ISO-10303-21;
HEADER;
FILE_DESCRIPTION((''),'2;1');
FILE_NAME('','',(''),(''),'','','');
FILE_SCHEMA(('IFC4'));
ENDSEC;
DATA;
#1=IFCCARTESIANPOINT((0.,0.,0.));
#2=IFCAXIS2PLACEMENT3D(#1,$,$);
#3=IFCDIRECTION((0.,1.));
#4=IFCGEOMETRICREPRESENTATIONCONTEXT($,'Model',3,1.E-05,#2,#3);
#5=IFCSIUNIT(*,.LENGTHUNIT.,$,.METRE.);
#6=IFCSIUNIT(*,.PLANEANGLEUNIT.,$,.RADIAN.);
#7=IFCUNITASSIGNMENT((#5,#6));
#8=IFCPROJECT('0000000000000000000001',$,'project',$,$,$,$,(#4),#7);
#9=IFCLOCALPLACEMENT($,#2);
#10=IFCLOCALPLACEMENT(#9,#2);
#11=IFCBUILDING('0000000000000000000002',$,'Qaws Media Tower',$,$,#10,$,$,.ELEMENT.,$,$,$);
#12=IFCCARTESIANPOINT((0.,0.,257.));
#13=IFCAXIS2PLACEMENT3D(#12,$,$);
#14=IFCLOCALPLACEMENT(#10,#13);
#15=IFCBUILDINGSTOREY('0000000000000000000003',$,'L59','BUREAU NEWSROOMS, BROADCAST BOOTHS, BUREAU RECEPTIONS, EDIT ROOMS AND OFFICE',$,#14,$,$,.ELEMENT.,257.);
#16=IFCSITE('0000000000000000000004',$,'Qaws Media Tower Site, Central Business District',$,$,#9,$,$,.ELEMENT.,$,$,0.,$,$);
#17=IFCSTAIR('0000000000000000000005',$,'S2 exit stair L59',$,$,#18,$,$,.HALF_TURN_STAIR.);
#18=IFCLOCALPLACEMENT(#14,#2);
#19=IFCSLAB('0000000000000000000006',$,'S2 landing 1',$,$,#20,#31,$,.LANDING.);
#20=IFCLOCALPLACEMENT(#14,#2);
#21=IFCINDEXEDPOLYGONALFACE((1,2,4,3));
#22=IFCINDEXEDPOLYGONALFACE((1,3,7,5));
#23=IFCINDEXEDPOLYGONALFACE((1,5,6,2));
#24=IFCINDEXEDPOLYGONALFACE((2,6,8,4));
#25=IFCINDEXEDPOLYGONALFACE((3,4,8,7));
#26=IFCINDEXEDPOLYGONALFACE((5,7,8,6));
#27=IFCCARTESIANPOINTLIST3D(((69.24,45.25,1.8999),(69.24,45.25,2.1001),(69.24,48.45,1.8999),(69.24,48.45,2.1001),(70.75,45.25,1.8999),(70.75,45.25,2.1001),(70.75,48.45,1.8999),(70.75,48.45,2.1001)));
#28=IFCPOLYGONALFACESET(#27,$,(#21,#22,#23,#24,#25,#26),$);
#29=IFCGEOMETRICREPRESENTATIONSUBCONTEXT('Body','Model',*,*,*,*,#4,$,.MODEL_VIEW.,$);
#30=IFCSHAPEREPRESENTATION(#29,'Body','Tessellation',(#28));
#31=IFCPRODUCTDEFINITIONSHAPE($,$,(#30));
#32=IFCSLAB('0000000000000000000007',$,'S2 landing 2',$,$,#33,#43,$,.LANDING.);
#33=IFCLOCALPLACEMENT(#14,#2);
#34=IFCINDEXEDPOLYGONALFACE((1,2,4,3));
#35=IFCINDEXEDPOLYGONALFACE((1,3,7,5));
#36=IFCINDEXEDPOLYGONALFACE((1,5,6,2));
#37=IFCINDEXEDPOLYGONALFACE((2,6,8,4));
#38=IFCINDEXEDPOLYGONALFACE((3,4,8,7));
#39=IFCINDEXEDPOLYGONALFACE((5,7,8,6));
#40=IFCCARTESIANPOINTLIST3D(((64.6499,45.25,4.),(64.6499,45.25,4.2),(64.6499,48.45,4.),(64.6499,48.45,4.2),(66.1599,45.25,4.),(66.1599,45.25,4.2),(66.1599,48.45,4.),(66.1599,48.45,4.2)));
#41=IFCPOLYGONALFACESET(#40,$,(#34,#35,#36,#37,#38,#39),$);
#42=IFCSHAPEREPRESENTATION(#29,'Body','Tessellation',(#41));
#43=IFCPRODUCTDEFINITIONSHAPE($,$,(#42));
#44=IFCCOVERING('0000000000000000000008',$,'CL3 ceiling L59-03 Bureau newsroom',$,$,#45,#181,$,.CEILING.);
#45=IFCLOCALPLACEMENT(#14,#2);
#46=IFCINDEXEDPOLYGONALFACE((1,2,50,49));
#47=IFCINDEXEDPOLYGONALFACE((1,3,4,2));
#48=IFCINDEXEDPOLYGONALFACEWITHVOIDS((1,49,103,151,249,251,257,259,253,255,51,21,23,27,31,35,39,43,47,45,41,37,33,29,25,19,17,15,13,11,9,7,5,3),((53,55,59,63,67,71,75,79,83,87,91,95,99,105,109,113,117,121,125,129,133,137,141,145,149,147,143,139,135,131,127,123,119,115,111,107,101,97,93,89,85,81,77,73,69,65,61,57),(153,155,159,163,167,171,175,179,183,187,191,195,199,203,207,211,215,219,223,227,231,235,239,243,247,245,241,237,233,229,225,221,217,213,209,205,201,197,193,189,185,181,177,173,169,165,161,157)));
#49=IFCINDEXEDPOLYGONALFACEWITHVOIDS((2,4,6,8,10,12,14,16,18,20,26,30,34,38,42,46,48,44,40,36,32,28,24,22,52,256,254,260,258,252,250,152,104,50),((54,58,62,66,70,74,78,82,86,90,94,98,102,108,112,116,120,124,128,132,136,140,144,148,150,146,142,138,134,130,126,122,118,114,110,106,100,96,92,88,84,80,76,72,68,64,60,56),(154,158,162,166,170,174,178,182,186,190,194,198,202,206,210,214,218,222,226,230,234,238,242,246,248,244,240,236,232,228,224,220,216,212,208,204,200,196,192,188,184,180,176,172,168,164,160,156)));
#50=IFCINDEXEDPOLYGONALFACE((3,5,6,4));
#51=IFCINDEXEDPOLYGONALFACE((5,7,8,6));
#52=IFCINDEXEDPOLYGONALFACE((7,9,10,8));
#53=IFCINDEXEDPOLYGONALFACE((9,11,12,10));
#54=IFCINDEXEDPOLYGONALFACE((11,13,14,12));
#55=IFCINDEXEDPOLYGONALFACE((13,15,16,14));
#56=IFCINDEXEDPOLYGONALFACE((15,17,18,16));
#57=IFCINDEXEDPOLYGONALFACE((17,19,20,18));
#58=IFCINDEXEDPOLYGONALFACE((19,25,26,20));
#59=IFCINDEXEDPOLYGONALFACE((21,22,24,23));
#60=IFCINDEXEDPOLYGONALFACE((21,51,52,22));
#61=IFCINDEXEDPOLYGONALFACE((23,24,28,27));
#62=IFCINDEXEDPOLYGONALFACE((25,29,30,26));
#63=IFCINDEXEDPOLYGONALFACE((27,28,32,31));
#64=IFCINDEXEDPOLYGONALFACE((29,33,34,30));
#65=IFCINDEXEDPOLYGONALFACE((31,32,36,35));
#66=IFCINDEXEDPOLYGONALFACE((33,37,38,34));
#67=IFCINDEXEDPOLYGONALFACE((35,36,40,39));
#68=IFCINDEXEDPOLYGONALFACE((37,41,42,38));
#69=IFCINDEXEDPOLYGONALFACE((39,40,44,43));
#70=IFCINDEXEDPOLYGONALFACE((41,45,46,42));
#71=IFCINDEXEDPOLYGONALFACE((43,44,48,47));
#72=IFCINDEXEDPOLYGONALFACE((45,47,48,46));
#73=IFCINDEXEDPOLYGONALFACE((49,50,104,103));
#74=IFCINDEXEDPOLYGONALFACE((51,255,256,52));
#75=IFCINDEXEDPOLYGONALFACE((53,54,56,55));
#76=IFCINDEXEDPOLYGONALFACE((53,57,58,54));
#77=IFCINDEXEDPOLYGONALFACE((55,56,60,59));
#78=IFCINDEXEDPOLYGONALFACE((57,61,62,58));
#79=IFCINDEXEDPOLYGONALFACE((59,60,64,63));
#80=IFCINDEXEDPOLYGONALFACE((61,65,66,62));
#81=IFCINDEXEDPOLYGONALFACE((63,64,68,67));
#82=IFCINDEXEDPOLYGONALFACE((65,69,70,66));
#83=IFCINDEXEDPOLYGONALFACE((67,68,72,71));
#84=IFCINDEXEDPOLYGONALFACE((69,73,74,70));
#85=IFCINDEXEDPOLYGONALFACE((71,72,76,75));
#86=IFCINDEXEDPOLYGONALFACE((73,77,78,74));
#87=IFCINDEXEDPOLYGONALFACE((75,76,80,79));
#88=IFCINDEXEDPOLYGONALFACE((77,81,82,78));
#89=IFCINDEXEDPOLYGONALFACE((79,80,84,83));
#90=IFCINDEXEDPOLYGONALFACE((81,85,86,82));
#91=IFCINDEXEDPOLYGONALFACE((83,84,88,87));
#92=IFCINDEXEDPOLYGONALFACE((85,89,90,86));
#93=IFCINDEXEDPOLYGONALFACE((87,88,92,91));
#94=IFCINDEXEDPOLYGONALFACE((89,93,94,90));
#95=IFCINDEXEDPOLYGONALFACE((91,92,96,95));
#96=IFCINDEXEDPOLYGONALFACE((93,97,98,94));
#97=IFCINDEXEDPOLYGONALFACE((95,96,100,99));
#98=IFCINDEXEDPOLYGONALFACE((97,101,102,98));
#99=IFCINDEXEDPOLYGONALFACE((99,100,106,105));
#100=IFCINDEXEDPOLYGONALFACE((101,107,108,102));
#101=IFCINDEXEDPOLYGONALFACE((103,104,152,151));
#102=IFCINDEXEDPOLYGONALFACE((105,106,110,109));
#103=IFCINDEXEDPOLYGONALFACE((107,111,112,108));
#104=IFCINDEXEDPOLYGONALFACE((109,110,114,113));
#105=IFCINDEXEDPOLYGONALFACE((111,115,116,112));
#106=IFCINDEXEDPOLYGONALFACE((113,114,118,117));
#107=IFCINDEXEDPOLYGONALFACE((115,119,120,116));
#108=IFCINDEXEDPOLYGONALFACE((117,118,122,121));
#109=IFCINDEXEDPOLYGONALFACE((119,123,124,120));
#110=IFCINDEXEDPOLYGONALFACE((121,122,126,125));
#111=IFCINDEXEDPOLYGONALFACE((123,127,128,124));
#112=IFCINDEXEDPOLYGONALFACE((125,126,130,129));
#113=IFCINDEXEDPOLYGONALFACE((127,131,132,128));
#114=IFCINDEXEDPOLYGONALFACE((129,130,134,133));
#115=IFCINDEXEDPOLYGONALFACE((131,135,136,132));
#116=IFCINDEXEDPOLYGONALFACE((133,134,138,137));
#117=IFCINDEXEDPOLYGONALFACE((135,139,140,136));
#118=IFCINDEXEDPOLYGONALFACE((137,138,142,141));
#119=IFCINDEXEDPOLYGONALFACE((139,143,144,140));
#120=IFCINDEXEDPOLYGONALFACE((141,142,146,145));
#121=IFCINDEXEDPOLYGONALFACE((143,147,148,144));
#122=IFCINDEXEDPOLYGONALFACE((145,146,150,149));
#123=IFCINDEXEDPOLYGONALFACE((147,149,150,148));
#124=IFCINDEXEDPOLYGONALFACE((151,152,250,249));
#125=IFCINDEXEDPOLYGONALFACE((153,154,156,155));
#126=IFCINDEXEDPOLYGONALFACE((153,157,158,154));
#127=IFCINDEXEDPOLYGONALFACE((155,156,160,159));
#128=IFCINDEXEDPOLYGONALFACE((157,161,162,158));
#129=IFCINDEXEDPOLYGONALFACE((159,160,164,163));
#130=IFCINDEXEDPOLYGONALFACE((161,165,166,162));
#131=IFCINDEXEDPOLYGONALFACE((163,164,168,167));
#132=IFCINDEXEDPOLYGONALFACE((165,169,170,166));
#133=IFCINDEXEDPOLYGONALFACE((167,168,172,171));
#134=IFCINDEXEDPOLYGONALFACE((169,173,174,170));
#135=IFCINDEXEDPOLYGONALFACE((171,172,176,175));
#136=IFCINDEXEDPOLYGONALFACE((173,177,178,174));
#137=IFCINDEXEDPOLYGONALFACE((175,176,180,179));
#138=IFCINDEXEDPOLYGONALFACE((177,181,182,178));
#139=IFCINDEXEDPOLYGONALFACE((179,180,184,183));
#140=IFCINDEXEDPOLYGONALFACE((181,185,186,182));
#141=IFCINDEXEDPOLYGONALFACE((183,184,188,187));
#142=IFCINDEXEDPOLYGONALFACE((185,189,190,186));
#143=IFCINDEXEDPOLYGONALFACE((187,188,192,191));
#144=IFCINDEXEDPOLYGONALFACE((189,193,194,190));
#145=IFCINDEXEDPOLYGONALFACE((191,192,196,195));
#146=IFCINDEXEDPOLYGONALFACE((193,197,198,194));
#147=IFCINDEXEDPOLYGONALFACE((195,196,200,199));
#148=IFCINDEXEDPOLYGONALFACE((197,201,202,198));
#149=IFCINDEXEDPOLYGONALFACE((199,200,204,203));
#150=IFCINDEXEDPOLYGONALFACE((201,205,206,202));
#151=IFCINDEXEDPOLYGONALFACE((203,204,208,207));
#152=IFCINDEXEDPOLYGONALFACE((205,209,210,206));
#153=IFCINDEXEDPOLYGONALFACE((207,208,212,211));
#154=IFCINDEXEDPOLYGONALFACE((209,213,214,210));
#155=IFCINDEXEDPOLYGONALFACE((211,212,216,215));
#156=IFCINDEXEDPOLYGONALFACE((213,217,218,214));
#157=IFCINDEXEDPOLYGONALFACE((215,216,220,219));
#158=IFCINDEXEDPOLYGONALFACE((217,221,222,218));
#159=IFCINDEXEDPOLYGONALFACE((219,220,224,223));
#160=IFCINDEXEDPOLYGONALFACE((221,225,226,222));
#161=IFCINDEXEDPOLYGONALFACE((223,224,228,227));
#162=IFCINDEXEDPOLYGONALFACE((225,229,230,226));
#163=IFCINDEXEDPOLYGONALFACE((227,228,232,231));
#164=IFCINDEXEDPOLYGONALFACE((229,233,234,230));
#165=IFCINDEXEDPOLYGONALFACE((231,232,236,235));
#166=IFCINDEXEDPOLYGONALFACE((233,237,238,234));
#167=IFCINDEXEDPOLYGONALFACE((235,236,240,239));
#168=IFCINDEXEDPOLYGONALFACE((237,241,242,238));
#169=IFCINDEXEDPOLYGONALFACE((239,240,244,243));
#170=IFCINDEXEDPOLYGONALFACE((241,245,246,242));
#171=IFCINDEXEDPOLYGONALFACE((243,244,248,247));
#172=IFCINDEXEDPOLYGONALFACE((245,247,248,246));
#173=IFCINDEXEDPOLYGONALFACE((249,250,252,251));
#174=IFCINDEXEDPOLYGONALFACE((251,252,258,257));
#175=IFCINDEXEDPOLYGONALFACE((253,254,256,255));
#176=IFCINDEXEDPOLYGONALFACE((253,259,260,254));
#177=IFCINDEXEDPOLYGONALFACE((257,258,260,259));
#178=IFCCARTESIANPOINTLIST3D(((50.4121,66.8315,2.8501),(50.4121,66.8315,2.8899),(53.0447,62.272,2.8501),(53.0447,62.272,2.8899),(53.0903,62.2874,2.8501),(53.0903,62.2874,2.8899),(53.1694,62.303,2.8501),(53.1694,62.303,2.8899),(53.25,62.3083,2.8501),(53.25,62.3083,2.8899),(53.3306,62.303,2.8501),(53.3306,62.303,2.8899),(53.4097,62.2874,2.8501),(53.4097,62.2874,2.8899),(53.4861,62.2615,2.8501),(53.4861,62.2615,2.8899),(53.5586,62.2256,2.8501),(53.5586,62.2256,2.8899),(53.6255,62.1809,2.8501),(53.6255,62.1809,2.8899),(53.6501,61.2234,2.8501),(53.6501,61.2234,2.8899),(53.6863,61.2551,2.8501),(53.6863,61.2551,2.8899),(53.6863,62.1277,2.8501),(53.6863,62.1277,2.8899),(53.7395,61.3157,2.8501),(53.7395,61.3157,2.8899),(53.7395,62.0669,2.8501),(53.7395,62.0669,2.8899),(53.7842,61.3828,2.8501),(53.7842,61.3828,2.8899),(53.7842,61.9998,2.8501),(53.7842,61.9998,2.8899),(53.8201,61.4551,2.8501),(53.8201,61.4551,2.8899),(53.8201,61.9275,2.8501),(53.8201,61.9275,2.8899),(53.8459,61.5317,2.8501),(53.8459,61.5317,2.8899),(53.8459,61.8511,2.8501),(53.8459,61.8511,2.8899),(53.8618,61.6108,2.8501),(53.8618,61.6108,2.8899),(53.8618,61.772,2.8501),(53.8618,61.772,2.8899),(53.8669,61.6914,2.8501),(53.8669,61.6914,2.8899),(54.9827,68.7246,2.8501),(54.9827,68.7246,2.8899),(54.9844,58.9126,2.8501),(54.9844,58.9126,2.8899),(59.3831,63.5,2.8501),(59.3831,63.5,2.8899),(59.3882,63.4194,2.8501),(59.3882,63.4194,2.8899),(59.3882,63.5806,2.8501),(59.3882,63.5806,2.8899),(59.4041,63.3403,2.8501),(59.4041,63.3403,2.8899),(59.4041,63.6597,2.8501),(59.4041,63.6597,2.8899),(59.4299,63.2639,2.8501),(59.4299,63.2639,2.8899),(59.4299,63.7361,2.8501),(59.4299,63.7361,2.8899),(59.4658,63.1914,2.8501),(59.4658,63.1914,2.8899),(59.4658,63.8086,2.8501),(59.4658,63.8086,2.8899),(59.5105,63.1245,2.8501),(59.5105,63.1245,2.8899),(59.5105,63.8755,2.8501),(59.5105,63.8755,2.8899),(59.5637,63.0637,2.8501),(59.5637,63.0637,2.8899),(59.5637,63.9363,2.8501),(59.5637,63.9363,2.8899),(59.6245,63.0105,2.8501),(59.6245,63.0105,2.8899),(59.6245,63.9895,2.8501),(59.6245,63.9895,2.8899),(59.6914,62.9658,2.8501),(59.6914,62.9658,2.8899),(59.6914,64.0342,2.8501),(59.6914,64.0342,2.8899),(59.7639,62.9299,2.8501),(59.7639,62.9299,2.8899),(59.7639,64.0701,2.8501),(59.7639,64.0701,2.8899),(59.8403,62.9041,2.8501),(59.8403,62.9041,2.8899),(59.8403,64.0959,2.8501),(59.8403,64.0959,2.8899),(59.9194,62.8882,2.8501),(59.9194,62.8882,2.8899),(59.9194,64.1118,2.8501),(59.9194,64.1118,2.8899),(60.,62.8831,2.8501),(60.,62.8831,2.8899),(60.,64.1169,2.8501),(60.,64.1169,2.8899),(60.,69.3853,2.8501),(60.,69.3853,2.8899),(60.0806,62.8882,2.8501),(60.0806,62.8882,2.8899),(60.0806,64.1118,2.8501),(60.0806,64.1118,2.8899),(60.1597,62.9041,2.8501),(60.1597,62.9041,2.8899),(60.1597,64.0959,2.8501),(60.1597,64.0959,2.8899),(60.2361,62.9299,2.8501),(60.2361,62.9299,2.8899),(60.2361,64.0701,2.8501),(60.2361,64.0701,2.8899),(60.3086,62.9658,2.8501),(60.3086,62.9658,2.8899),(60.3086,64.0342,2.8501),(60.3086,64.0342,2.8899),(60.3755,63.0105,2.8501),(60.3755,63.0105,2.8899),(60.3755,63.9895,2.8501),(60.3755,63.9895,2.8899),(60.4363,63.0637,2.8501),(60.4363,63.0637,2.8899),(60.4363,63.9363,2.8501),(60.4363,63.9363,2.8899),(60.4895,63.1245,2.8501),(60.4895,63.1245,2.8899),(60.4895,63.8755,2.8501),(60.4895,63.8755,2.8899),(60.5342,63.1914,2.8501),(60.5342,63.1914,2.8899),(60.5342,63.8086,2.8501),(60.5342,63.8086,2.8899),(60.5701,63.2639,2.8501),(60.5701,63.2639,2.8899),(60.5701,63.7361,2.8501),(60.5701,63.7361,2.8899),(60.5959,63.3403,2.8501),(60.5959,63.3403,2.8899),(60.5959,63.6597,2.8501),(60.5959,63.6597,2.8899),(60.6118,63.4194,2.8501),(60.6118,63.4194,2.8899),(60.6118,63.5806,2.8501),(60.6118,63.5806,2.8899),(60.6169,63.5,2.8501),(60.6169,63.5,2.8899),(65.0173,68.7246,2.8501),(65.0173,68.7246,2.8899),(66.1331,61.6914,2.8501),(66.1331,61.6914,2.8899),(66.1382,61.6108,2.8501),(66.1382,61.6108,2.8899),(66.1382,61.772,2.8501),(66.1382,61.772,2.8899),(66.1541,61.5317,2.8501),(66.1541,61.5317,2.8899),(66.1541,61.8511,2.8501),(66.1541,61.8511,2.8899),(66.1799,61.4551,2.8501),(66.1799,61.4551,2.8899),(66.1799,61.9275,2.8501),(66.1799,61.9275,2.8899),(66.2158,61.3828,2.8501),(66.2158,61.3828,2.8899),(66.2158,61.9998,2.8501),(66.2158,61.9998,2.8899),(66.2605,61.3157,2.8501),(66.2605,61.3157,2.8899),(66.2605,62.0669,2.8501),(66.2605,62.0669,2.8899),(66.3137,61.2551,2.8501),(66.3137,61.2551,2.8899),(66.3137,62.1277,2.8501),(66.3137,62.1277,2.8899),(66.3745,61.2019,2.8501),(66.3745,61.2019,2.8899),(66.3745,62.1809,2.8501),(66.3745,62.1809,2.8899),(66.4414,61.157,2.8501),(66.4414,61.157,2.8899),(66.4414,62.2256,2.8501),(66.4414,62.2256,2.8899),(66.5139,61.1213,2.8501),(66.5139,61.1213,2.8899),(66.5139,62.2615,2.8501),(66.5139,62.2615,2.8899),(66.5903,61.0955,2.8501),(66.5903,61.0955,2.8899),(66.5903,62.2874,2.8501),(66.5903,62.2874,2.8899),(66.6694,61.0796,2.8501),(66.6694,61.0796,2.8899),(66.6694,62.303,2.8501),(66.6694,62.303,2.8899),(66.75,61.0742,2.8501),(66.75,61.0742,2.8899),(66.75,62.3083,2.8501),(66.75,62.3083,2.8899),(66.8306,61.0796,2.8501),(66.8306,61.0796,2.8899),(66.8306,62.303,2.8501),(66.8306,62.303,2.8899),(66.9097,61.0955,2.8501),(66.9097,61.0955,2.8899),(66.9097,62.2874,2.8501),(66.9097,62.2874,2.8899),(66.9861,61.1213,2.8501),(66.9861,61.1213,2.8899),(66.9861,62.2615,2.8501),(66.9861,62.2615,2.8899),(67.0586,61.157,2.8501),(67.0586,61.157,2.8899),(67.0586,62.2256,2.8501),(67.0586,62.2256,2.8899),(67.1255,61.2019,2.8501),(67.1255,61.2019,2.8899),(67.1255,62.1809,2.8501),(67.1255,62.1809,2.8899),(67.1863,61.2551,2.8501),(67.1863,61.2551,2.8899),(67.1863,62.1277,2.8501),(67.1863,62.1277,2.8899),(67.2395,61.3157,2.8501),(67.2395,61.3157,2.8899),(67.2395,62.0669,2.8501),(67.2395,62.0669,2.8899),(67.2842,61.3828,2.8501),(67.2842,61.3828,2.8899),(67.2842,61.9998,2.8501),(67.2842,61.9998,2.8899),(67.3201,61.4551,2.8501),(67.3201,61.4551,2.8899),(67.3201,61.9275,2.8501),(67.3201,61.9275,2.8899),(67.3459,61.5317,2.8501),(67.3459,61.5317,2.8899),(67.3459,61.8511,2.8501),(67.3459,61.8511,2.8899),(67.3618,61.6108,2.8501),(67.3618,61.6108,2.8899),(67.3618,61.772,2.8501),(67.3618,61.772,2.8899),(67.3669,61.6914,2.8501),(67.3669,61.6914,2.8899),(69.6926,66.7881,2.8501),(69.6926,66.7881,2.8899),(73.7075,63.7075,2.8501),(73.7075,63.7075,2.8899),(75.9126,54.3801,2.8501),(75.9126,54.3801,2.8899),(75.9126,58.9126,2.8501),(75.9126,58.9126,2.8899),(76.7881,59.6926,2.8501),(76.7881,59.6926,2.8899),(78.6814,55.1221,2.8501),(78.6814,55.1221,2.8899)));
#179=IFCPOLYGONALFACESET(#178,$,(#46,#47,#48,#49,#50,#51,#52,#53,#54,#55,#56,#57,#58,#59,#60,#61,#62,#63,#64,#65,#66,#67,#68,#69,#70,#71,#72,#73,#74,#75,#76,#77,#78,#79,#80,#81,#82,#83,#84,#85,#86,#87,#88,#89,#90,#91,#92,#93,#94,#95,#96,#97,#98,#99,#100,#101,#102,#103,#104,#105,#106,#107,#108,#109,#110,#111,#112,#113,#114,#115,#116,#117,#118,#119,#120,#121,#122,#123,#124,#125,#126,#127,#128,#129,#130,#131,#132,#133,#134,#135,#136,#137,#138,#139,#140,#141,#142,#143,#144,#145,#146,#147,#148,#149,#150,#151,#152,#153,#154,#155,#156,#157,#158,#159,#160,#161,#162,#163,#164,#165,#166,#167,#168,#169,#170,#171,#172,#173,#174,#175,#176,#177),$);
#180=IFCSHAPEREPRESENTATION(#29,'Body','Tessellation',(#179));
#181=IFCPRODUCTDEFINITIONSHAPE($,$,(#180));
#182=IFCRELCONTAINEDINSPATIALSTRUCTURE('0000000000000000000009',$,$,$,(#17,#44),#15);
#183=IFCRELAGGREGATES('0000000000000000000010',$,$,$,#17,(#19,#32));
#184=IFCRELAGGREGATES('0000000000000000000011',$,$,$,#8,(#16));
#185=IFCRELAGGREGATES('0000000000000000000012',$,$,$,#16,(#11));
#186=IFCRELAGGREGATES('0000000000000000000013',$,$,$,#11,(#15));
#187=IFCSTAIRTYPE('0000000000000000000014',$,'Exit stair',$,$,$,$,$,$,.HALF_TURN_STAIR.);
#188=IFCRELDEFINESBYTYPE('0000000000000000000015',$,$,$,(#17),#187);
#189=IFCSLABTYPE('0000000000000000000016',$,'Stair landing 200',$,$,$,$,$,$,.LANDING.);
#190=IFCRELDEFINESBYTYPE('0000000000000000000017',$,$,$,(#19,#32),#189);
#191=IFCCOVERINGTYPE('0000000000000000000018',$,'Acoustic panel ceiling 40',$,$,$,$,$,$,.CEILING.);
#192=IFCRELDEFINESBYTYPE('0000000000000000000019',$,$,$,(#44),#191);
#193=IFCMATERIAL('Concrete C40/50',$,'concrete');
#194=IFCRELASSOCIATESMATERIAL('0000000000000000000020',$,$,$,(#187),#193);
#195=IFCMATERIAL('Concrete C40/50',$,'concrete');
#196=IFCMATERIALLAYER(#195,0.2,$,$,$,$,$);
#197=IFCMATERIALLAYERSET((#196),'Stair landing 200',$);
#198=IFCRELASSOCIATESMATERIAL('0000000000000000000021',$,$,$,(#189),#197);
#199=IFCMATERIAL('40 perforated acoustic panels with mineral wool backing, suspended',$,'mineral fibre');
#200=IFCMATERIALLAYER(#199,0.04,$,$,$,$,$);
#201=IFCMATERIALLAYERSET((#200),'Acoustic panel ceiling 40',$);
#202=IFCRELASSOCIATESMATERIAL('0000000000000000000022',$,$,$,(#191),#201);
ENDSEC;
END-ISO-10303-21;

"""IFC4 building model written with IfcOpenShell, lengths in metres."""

from ifc_helpers import new_model, si_unit, direction, frame, origin, place, context, subcontext, project, spatial, polyline, outline, extrude, material, layer, layer_set, type_object, element, aggregate, save


model = new_model("IFC4")

# Units and contexts
model_context = context("Model", 3, precision=1e-05, world=origin(), true_north=direction((0.0, 1.0)))
body_context = subcontext(model_context, "Body", "Model", "MODEL_VIEW")
ifc_project = project(units=[si_unit("LENGTHUNIT", "METRE"), si_unit("PLANEANGLEUNIT", "RADIAN")], contexts=[model_context])

# Site, building, storey
site_placement = place(None, origin())
site = spatial("IfcSite", under=ifc_project, at=site_placement, Name="Qaws Media Tower Site, Central Business District", CompositionType="ELEMENT", RefElevation=0.0)
building_placement = place(site_placement, origin())
building = spatial("IfcBuilding", under=site, at=building_placement, Name="Qaws Media Tower", CompositionType="ELEMENT")
storey_placement = place(building_placement, frame((0.0, 0.0, 257.0)))
storey = spatial("IfcBuildingStorey", under=building, at=storey_placement, Name="L59", Description="BUREAU NEWSROOMS, BROADCAST BOOTHS, BUREAU RECEPTIONS, EDIT ROOMS AND OFFICE", CompositionType="ELEMENT", Elevation=257.0)

# Stair, slabs
ifc_material_1 = material(Name="Concrete C40/50", Category="concrete")
stair_type = type_object("IfcStairType", Name="Exit stair", PredefinedType="HALF_TURN_STAIR", material=ifc_material_1)
ifc_material_2 = material(Name="Concrete C40/50", Category="concrete")
ifc_layer_1 = layer(ifc_material_2, 0.2)
ifc_layer_set_1 = layer_set([ifc_layer_1], Name="Stair landing 200")
slab_type = type_object("IfcSlabType", Name="Stair landing 200", PredefinedType="LANDING", material=ifc_layer_set_1)
stair_1_placement = place(storey_placement, origin())
stair_1 = element("IfcStair", 1, at=stair_1_placement, inside=storey, type_object=stair_type, Name="S2 exit stair L59", PredefinedType="HALF_TURN_STAIR")
slab_1_placement = place(storey_placement, frame((0.0, 0.0, 1.8999)))
slab_1 = element("IfcSlab", 2, at=slab_1_placement, type_object=slab_type, Name="S2 landing 1", PredefinedType="LANDING", context=body_context, shape_type="SweptSolid", body=[
    extrude(outline(polyline([(69.24, 45.25), (70.75, 45.25), (70.75, 48.45), (69.24, 48.45), (69.24, 45.25)])), origin(), (0.0, 0.0, 1.0), 0.2002),
])
slab_2_placement = place(storey_placement, frame((0.0, 0.0, 4.0)))
slab_2 = element("IfcSlab", 3, at=slab_2_placement, type_object=slab_type, Name="S2 landing 2", PredefinedType="LANDING", context=body_context, shape_type="SweptSolid", body=[
    extrude(outline(polyline([(64.6499, 45.25), (66.1599, 45.25), (66.1599, 48.45), (64.6499, 48.45), (64.6499, 45.25)])), origin(), (0.0, 0.0, 1.0), 0.2),
])
aggregate(stair_1, [slab_1, slab_2])

# Covering
ifc_material_3 = material(Name="40 perforated acoustic panels with mineral wool backing, suspended", Category="mineral fibre")
ifc_layer_2 = layer(ifc_material_3, 0.04)
ifc_layer_set_2 = layer_set([ifc_layer_2], Name="Acoustic panel ceiling 40")
covering_type_1 = type_object("IfcCoveringType", Name="Acoustic panel ceiling 40", PredefinedType="CEILING", material=ifc_layer_set_2)
covering_1_placement = place(storey_placement, frame((0.0, 0.0, 2.8501)))
element("IfcCovering", 4, at=covering_1_placement, inside=storey, type_object=covering_type_1, Name="CL3 ceiling L59-03 Bureau newsroom", PredefinedType="CEILING", context=body_context, shape_type="SweptSolid", body=[
    extrude(outline(polyline([(54.9827, 68.7246), (60.0, 69.3853), (65.0173, 68.7246), (69.6926, 66.7881), (73.7075, 63.7075), (76.7881, 59.6926), (78.6814, 55.1221), (75.9126, 54.3801), (75.9126, 58.9126), (54.9844, 58.9126), (53.6501, 61.2234), (53.6863, 61.2551), (53.7395, 61.3157), (53.7842, 61.3828), (53.8201, 61.4551), (53.8459, 61.5317), (53.8618, 61.6108), (53.8669, 61.6914), (53.8618, 61.772), (53.8459, 61.8511), (53.8201, 61.9275), (53.7842, 61.9998), (53.7395, 62.0669), (53.6863, 62.1277), (53.6255, 62.1809), (53.5586, 62.2256), (53.4861, 62.2615), (53.4097, 62.2874), (53.3306, 62.303), (53.25, 62.3083), (53.1694, 62.303), (53.0903, 62.2874), (53.0447, 62.272), (50.4121, 66.8315), (54.9827, 68.7246)]), holes=[polyline([(60.5701, 63.2639), (60.5959, 63.3403), (60.6118, 63.4194), (60.6169, 63.5), (60.6118, 63.5806), (60.5959, 63.6597), (60.5701, 63.7361), (60.5342, 63.8086), (60.4895, 63.8755), (60.4363, 63.9363), (60.3755, 63.9895), (60.3086, 64.0342), (60.2361, 64.0701), (60.1597, 64.0959), (60.0806, 64.1118), (60.0, 64.1169), (59.9194, 64.1118), (59.8403, 64.0959), (59.7639, 64.0701), (59.6914, 64.0342), (59.6245, 63.9895), (59.5637, 63.9363), (59.5105, 63.8755), (59.4658, 63.8086), (59.4299, 63.7361), (59.4041, 63.6597), (59.3882, 63.5806), (59.3831, 63.5), (59.3882, 63.4194), (59.4041, 63.3403), (59.4299, 63.2639), (59.4658, 63.1914), (59.5105, 63.1245), (59.5637, 63.0637), (59.6245, 63.0105), (59.6914, 62.9658), (59.7639, 62.9299), (59.8403, 62.9041), (59.9194, 62.8882), (60.0, 62.8831), (60.0806, 62.8882), (60.1597, 62.9041), (60.2361, 62.9299), (60.3086, 62.9658), (60.3755, 63.0105), (60.4363, 63.0637), (60.4895, 63.1245), (60.5342, 63.1914), (60.5701, 63.2639)]), polyline([(67.3201, 61.4551), (67.3459, 61.5317), (67.3618, 61.6108), (67.3669, 61.6914), (67.3618, 61.772), (67.3459, 61.8511), (67.3201, 61.9275), (67.2842, 61.9998), (67.2395, 62.0669), (67.1863, 62.1277), (67.1255, 62.1809), (67.0586, 62.2256), (66.9861, 62.2615), (66.9097, 62.2874), (66.8306, 62.303), (66.75, 62.3083), (66.6694, 62.303), (66.5903, 62.2874), (66.5139, 62.2615), (66.4414, 62.2256), (66.3745, 62.1809), (66.3137, 62.1277), (66.2605, 62.0669), (66.2158, 61.9998), (66.1799, 61.9275), (66.1541, 61.8511), (66.1382, 61.772), (66.1331, 61.6914), (66.1382, 61.6108), (66.1541, 61.5317), (66.1799, 61.4551), (66.2158, 61.3828), (66.2605, 61.3157), (66.3137, 61.2551), (66.3745, 61.2019), (66.4414, 61.157), (66.5139, 61.1213), (66.5903, 61.0955), (66.6694, 61.0796), (66.75, 61.0742), (66.8306, 61.0796), (66.9097, 61.0955), (66.9861, 61.1213), (67.0586, 61.157), (67.1255, 61.2019), (67.1863, 61.2551), (67.2395, 61.3157), (67.2842, 61.3828), (67.3201, 61.4551)])]), origin(), (0.0, 0.0, 1.0), 0.0398),
])

save(model, "model.ifc")
